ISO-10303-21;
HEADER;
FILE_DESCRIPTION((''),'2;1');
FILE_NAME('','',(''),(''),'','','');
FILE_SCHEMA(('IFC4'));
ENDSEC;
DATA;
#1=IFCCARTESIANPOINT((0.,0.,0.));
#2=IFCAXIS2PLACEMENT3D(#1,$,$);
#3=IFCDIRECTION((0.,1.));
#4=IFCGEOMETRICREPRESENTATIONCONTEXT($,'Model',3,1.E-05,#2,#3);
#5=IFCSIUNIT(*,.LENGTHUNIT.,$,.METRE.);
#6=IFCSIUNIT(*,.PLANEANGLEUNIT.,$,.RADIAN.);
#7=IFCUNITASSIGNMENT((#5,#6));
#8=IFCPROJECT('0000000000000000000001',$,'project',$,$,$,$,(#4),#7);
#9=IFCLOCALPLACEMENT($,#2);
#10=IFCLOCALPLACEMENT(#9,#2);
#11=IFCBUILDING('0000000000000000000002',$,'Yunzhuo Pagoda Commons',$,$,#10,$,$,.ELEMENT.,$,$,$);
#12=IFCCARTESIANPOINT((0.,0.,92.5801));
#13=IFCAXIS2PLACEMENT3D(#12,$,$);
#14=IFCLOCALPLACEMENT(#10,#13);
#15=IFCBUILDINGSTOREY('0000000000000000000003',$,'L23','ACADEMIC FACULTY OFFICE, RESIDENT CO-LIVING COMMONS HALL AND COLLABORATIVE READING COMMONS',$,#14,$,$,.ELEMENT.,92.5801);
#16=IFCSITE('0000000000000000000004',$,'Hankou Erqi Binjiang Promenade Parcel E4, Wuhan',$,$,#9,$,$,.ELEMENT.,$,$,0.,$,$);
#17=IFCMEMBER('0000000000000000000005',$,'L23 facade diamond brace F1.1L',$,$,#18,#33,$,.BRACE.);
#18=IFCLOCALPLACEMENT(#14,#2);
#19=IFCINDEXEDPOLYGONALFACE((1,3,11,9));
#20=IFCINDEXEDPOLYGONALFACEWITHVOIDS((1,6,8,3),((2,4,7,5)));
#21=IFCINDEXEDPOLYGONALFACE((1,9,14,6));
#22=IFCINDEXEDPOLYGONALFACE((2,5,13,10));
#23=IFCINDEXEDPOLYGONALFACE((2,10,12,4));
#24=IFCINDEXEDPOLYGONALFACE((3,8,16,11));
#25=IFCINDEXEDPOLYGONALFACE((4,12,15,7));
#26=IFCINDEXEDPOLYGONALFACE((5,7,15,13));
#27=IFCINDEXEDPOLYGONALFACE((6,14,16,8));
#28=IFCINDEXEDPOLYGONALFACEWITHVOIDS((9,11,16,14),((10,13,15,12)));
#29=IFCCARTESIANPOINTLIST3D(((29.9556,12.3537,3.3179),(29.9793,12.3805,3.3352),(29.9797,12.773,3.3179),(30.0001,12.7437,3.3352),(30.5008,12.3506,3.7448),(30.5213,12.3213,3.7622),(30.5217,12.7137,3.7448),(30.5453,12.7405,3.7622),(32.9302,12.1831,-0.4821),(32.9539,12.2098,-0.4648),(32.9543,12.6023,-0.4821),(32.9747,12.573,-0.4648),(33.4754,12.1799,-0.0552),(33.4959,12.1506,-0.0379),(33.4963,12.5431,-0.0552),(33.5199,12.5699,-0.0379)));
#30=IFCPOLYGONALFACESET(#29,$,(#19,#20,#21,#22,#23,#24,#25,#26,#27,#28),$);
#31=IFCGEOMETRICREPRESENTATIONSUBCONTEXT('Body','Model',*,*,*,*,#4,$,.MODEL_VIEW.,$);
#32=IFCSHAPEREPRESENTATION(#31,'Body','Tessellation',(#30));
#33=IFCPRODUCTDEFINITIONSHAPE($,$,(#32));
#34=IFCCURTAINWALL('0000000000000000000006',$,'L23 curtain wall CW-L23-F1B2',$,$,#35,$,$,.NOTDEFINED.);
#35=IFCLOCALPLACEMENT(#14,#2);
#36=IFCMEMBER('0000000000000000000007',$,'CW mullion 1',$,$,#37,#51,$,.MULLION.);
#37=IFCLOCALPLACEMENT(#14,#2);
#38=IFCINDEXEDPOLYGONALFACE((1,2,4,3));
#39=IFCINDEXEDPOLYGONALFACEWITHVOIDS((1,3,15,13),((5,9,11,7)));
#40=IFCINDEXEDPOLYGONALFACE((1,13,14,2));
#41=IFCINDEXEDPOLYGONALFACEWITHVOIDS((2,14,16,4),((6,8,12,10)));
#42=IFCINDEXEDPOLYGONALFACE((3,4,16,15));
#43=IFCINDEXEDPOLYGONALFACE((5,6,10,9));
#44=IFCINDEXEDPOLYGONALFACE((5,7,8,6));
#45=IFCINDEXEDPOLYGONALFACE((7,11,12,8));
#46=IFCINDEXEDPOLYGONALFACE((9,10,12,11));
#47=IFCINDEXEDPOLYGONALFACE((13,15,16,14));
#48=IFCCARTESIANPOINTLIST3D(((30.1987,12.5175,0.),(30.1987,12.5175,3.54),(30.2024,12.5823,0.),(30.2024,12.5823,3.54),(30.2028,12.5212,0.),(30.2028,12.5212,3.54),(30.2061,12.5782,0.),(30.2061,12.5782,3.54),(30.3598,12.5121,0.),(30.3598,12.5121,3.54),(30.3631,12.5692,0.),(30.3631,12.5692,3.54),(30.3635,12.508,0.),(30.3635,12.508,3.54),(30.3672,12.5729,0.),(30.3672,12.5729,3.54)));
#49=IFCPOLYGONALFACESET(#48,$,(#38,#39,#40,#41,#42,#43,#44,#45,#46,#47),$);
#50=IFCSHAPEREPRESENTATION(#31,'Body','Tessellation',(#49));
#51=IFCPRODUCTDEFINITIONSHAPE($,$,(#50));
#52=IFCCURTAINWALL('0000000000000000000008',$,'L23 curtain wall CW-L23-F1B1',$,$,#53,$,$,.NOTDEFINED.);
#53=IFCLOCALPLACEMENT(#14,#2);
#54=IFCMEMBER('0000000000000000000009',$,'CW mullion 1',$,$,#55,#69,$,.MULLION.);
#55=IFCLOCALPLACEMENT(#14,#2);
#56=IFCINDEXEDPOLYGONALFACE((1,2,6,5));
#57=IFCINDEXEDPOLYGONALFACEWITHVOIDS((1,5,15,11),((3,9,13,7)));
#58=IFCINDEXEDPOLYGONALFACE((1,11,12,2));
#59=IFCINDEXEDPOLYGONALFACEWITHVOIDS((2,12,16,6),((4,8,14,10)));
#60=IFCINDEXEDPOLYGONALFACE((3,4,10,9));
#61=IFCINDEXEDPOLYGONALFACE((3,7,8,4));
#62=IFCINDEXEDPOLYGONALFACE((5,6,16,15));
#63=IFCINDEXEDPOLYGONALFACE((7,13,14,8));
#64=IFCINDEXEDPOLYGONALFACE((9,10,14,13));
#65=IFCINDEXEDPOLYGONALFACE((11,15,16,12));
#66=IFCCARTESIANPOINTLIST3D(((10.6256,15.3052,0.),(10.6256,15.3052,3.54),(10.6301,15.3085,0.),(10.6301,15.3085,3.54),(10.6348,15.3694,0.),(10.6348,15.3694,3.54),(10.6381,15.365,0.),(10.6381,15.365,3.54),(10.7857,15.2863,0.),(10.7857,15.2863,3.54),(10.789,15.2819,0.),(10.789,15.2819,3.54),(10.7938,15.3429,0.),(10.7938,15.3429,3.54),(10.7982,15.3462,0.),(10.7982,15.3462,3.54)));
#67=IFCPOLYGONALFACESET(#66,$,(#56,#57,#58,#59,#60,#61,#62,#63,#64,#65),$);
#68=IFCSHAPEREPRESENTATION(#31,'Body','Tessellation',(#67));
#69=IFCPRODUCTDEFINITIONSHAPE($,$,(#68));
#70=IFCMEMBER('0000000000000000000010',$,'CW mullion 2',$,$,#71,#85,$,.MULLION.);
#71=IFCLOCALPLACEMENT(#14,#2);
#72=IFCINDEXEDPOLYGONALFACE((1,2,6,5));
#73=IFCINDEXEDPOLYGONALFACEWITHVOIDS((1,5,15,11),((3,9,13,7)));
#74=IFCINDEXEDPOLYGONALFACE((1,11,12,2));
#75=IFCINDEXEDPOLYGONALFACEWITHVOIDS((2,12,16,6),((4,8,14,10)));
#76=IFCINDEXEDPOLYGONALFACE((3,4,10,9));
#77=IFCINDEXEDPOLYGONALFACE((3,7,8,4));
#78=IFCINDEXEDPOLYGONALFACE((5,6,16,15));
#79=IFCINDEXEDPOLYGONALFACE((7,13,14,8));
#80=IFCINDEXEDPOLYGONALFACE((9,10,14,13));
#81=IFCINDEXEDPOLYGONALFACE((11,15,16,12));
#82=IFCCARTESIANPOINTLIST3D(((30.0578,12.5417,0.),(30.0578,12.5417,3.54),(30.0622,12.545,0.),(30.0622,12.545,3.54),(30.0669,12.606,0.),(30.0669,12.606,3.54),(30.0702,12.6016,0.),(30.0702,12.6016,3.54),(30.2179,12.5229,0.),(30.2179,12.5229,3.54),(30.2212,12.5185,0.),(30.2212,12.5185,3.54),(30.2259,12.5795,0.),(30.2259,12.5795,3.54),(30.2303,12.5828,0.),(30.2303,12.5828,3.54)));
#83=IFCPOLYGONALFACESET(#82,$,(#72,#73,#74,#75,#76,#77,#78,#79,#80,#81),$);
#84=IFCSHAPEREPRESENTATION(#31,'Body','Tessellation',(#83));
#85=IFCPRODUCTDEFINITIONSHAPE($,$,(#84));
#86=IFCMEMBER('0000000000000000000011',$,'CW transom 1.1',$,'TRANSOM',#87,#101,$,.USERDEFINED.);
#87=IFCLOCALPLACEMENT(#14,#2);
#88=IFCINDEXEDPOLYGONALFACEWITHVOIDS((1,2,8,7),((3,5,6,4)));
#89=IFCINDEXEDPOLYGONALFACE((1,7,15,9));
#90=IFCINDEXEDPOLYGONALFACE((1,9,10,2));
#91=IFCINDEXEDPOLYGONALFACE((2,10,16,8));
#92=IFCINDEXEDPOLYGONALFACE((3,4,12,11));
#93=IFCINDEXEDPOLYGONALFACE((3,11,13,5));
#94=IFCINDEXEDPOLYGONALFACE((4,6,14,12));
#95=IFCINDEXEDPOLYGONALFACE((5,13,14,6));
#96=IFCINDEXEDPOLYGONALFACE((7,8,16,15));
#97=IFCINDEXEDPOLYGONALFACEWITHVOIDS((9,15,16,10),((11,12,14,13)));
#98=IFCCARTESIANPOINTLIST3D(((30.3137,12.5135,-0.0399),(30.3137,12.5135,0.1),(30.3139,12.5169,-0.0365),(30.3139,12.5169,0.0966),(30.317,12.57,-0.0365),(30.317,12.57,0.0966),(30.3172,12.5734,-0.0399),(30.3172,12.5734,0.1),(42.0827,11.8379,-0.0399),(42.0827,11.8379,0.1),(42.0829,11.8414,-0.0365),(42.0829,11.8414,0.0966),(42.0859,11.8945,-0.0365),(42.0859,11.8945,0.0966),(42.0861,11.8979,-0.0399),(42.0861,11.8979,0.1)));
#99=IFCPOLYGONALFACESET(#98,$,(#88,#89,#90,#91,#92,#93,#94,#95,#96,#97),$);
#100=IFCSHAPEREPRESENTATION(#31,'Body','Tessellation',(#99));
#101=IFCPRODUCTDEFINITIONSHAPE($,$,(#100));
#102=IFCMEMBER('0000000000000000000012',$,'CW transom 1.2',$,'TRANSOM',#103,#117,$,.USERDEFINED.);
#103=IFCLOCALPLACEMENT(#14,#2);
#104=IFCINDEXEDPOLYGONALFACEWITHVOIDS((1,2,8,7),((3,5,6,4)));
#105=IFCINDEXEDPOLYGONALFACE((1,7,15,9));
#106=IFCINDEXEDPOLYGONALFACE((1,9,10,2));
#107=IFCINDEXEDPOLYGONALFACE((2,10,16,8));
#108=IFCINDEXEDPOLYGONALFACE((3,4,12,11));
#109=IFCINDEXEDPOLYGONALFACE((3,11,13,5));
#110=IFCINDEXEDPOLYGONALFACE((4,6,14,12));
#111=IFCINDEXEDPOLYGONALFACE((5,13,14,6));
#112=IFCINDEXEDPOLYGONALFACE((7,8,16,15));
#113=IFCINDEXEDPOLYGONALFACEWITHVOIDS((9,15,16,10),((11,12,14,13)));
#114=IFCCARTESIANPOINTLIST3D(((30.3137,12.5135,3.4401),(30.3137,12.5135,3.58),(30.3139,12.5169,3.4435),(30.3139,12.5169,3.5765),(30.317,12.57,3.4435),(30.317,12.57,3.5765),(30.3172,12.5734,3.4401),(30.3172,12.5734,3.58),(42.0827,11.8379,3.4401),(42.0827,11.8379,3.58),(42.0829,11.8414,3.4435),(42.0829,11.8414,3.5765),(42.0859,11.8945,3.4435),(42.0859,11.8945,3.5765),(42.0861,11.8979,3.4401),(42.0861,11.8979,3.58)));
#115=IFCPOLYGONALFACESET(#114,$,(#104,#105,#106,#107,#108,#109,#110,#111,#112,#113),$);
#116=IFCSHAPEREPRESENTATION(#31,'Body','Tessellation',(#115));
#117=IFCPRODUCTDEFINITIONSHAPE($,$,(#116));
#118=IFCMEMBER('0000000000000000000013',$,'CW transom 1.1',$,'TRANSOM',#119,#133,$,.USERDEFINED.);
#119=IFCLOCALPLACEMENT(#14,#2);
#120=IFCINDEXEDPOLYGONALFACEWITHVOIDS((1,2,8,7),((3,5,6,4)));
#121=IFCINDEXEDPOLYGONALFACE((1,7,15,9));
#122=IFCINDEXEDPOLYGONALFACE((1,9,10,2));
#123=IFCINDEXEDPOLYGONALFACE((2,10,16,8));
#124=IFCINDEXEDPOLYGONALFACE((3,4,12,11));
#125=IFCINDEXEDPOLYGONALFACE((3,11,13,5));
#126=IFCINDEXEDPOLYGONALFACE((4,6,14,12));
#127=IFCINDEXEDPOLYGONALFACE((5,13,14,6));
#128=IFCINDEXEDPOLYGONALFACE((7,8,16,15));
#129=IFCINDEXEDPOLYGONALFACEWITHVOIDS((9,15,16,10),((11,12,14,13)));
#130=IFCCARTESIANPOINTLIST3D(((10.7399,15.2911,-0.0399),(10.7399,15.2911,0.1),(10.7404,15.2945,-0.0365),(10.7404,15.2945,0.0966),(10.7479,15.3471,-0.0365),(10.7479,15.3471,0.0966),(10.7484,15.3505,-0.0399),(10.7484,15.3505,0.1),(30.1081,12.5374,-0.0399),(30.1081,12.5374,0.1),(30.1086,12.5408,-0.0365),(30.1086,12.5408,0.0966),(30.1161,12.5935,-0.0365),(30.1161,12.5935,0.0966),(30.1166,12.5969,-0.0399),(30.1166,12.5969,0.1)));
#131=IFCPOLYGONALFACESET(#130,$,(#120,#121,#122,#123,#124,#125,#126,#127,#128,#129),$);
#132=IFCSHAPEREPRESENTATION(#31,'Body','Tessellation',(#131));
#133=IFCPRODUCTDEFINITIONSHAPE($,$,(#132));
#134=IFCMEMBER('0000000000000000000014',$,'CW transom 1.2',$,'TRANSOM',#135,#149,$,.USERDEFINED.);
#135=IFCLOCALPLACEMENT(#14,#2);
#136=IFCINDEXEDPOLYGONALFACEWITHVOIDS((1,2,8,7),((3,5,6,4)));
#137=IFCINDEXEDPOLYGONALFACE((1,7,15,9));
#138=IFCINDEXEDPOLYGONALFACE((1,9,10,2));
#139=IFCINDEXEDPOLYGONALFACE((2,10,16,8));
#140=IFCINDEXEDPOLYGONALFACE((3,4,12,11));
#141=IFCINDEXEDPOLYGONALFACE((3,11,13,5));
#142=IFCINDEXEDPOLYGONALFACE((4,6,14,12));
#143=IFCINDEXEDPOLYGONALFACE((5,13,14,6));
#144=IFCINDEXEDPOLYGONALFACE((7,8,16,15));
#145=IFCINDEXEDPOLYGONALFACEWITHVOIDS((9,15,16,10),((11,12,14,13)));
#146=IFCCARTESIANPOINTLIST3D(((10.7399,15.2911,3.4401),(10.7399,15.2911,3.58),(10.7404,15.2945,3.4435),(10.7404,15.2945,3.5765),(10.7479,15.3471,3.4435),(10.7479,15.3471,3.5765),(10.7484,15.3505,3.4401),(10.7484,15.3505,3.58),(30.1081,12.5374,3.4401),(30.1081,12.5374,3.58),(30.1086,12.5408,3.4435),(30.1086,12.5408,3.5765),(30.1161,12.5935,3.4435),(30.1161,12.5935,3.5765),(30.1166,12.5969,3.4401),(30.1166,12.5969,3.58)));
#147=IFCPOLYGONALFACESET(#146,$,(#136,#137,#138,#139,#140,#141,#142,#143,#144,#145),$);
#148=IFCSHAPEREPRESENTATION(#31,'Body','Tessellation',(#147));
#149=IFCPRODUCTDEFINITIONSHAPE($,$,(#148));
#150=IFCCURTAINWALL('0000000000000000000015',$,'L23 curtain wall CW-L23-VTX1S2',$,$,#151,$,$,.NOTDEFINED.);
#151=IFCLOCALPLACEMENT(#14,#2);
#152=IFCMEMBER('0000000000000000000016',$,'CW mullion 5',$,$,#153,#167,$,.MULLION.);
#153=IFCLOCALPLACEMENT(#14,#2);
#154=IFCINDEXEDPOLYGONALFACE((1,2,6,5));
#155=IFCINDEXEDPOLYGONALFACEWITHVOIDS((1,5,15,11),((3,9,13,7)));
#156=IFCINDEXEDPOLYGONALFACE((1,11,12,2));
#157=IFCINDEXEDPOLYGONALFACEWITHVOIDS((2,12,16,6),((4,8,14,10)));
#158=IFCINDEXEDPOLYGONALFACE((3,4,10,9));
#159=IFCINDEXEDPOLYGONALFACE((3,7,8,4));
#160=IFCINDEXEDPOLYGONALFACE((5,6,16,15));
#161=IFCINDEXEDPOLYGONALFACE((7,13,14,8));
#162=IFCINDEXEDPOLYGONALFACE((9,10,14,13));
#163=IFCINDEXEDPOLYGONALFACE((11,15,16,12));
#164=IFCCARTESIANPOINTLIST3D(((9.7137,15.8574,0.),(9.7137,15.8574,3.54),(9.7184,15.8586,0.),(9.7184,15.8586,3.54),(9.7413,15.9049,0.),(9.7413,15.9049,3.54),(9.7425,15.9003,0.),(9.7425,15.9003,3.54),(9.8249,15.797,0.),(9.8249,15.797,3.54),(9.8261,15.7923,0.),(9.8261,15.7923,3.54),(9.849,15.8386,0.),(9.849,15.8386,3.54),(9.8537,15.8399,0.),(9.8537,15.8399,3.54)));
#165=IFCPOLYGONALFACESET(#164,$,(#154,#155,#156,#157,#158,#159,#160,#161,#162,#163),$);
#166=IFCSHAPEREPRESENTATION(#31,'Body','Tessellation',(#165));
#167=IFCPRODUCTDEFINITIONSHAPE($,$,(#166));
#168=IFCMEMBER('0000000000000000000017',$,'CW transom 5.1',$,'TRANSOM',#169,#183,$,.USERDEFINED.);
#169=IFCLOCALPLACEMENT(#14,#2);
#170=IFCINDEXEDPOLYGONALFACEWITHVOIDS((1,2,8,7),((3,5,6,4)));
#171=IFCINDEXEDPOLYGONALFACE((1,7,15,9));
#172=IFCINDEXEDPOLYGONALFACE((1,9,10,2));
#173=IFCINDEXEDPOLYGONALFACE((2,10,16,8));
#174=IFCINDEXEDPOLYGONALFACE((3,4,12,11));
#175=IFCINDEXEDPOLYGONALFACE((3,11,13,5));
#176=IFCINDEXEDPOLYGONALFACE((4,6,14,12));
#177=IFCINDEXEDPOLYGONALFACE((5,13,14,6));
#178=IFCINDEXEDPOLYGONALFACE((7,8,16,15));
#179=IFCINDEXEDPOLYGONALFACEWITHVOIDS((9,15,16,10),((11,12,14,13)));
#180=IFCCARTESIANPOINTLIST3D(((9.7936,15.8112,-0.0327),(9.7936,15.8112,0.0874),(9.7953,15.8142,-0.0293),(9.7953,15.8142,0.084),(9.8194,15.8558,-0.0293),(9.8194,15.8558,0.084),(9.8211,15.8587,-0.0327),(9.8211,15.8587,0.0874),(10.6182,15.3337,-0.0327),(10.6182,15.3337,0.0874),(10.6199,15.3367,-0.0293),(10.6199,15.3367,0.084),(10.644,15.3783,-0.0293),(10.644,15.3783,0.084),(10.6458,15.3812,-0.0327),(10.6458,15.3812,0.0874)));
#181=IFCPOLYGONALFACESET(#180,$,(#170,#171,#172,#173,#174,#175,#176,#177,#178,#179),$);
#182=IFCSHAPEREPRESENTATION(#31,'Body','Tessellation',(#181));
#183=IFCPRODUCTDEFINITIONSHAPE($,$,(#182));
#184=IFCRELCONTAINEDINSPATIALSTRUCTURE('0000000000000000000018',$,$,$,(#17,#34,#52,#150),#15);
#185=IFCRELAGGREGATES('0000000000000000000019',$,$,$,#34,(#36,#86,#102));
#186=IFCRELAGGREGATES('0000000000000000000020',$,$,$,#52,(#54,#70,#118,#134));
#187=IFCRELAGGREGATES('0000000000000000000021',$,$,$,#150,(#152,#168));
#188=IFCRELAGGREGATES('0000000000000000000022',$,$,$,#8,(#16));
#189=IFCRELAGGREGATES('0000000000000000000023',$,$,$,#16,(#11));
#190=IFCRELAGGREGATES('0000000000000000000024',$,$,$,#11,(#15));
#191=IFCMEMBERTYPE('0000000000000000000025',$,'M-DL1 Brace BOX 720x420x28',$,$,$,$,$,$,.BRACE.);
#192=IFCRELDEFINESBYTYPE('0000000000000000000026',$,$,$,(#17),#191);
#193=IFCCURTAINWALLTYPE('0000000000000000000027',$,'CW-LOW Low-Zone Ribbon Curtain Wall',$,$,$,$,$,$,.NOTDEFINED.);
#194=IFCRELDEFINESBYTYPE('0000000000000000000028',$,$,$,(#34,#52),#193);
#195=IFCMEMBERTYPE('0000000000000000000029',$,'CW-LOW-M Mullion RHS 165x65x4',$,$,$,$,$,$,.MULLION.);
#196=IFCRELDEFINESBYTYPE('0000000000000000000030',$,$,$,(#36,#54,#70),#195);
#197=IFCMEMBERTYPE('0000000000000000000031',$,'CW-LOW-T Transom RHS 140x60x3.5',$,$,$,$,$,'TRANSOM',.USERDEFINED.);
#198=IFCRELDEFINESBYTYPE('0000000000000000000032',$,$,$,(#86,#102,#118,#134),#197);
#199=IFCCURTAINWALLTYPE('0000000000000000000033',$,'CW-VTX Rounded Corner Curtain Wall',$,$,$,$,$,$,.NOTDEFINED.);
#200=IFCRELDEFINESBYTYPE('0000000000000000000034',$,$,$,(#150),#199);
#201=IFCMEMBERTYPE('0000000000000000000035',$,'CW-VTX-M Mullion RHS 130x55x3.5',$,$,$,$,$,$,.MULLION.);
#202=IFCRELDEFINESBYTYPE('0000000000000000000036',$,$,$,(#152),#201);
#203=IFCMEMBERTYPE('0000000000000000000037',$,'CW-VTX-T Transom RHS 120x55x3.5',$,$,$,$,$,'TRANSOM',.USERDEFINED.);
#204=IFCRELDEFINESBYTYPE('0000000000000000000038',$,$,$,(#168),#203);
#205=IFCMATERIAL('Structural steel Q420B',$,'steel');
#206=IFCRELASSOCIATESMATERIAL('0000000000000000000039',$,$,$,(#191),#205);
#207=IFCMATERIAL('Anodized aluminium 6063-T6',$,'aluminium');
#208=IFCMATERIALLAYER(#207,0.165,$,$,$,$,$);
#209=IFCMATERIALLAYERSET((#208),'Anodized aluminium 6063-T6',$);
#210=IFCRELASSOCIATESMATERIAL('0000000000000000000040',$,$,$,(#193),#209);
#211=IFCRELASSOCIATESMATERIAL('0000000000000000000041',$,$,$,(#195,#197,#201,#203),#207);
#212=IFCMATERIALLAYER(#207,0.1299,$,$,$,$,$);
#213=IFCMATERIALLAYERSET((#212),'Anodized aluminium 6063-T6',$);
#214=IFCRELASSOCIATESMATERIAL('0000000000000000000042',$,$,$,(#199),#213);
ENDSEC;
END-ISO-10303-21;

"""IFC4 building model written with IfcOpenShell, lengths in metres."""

from ifc_helpers import new_model, si_unit, direction, frame, origin, origin_2d, place, context, subcontext, project, spatial, hollow_rectangle, extrude, source, transform, mapped, material, layer, layer_set, material_profile, profile_set, type_object, element, aggregate, save


model = new_model("IFC4")

# Units and contexts
model_context = context("Model", 3, precision=1e-05, world=origin(), true_north=direction((0.0, 1.0)))
body_context = subcontext(model_context, "Body", "Model", "MODEL_VIEW")
ifc_project = project(units=[si_unit("LENGTHUNIT", "METRE"), si_unit("PLANEANGLEUNIT", "RADIAN")], contexts=[model_context])

# Site, building, storey
site_placement = place(None, origin())
site = spatial("IfcSite", under=ifc_project, at=site_placement, Name="Hankou Erqi Binjiang Promenade Parcel E4, Wuhan", CompositionType="ELEMENT", RefElevation=0.0)
building_placement = place(site_placement, origin())
building = spatial("IfcBuilding", under=site, at=building_placement, Name="Yunzhuo Pagoda Commons", CompositionType="ELEMENT")
storey_placement = place(building_placement, frame((0.0, 0.0, 92.5801)))
storey = spatial("IfcBuildingStorey", under=building, at=storey_placement, Name="L23", Description="ACADEMIC FACULTY OFFICE, RESIDENT CO-LIVING COMMONS HALL AND COLLABORATIVE READING COMMONS", CompositionType="ELEMENT", Elevation=92.5801)

# Shared definitions
ifc_material_1 = material(Name="Structural steel Q420B", Category="steel")

# Member
ifc_material_profile_1 = material_profile(ifc_material_1, hollow_rectangle(XDim=0.4199, YDim=0.72, WallThickness=0.0281, at=origin_2d()), Name="Structural steel Q420B")
ifc_profile_set_1 = profile_set([ifc_material_profile_1], Name="Structural steel Q420B")
member_type_1 = type_object("IfcMemberType", Name="M-DL1 Brace BOX 720x420x28", PredefinedType="BRACE", material=ifc_profile_set_1)
shared_shape_1 = source(origin(), body_context, "Body", "SweptSolid", [
    extrude(hollow_rectangle(XDim=0.4199, YDim=0.72, WallThickness=0.0281, at=origin_2d()), origin(), (0.0, 0.0, 1.0), 4.8289),
])
member_1_placement = place(storey_placement, frame((33.2251, 12.3765, -0.26), z_axis=(-0.616008, 0.035341, 0.786947), x_axis=(-0.057276, -0.998358, 0.0)))
element("IfcMember", 1, at=member_1_placement, inside=storey, type_object=member_type_1, Name="L23 facade diamond brace F1.1L", PredefinedType="BRACE", context=body_context, shape_type="MappedRepresentation", body=[
    mapped(shared_shape_1, transform((0.0, 0.0, 0.0), scale=1.0)),
])

# Curtain wall, member
ifc_material_2 = material(Name="Anodized aluminium 6063-T6", Category="aluminium")
ifc_layer_1 = layer(ifc_material_2, 0.165)
ifc_layer_set_1 = layer_set([ifc_layer_1], Name="Anodized aluminium 6063-T6")
curtain_wall_type_1 = type_object("IfcCurtainWallType", Name="CW-LOW Low-Zone Ribbon Curtain Wall", PredefinedType="NOTDEFINED", material=ifc_layer_set_1)
curtain_wall_1_placement = place(storey_placement, origin())
curtain_wall_1 = element("IfcCurtainWall", 2, at=curtain_wall_1_placement, inside=storey, type_object=curtain_wall_type_1, Name="L23 curtain wall CW-L23-F1B2", PredefinedType="NOTDEFINED")
ifc_material_profile_2 = material_profile(ifc_material_2, hollow_rectangle(XDim=0.0649, YDim=0.165, WallThickness=0.0039, at=origin_2d()), Name="Anodized aluminium 6063-T6")
ifc_profile_set_2 = profile_set([ifc_material_profile_2], Name="Anodized aluminium 6063-T6")
member_type_2 = type_object("IfcMemberType", Name="CW-LOW-M Mullion RHS 165x65x4", PredefinedType="MULLION", material=ifc_profile_set_2)
shared_shape_2 = source(origin(), body_context, "Body", "SweptSolid", [
    extrude(hollow_rectangle(XDim=0.0649, YDim=0.165, WallThickness=0.0039, at=origin_2d()), origin(), (0.0, 0.0, 1.0), 3.54),
])
member_2_placement = place(storey_placement, frame((30.283, 12.5452, 0.0), z_axis=(0.0, 0.0, 1.0), x_axis=(0.057299, 0.998357, 0.0)))
member_2 = element("IfcMember", 3, at=member_2_placement, type_object=member_type_2, Name="CW mullion 1", PredefinedType="MULLION", context=body_context, shape_type="MappedRepresentation", body=[
    mapped(shared_shape_2, transform((0.0, 0.0, 0.0), scale=1.0)),
])

# Curtain wall, members
curtain_wall_2_placement = place(storey_placement, origin())
curtain_wall_2 = element("IfcCurtainWall", 4, at=curtain_wall_2_placement, inside=storey, type_object=curtain_wall_type_1, Name="L23 curtain wall CW-L23-F1B1", PredefinedType="NOTDEFINED")
member_3_placement = place(storey_placement, frame((10.7119, 15.3257, 0.0), z_axis=(0.0, 0.0, 1.0), x_axis=(0.140774, 0.990042, 0.0)))
member_3 = element("IfcMember", 5, at=member_3_placement, type_object=member_type_2, Name="CW mullion 1", PredefinedType="MULLION", context=body_context, shape_type="MappedRepresentation", body=[
    mapped(shared_shape_2, transform((0.0, 0.0, 0.0), scale=1.0)),
])
member_4_placement = place(storey_placement, frame((30.144, 12.5623, 0.0), z_axis=(0.0, 0.0, 1.0), x_axis=(0.140774, 0.990042, 0.0)))
member_4 = element("IfcMember", 6, at=member_4_placement, type_object=member_type_2, Name="CW mullion 2", PredefinedType="MULLION", context=body_context, shape_type="MappedRepresentation", body=[
    mapped(shared_shape_2, transform((0.0, 0.0, 0.0), scale=1.0)),
])

# Members
ifc_material_profile_3 = material_profile(ifc_material_2, hollow_rectangle(XDim=0.0601, YDim=0.1399, WallThickness=0.0034, at=origin_2d()), Name="Anodized aluminium 6063-T6")
ifc_profile_set_3 = profile_set([ifc_material_profile_3], Name="Anodized aluminium 6063-T6")
member_type_3 = type_object("IfcMemberType", Name="CW-LOW-T Transom RHS 140x60x3.5", ElementType="TRANSOM", PredefinedType="USERDEFINED", material=ifc_profile_set_3)
shared_shape_3 = source(origin(), body_context, "Body", "SweptSolid", [
    extrude(hollow_rectangle(XDim=0.0601, YDim=0.1399, WallThickness=0.0034, at=origin_2d()), origin(), (0.0, 0.0, 1.0), 11.7883),
])
member_5_placement = place(storey_placement, frame((30.3154, 12.5435, 0.03), z_axis=(0.998357, -0.057305, 0.0), x_axis=(0.057305, 0.998357, 0.0)))
member_5 = element("IfcMember", 7, at=member_5_placement, type_object=member_type_3, Name="CW transom 1.1", ObjectType="TRANSOM", PredefinedType="USERDEFINED", context=body_context, shape_type="MappedRepresentation", body=[
    mapped(shared_shape_3, transform((0.0, 0.0, 0.0), scale=1.0)),
])
member_6_placement = place(storey_placement, frame((30.3154, 12.5435, 3.51), z_axis=(0.998357, -0.057305, 0.0), x_axis=(0.057305, 0.998357, 0.0)))
member_6 = element("IfcMember", 8, at=member_6_placement, type_object=member_type_3, Name="CW transom 1.2", ObjectType="TRANSOM", PredefinedType="USERDEFINED", context=body_context, shape_type="MappedRepresentation", body=[
    mapped(shared_shape_3, transform((0.0, 0.0, 0.0), scale=1.0)),
])
shared_shape_4 = source(origin(), body_context, "Body", "SweptSolid", [
    extrude(hollow_rectangle(XDim=0.0601, YDim=0.1399, WallThickness=0.0034, at=origin_2d()), origin(), (0.0, 0.0, 1.0), 19.563),
])
member_7_placement = place(storey_placement, frame((10.7441, 15.3208, 0.03), z_axis=(0.990044, -0.140759, 0.0), x_axis=(0.140759, 0.990044, 0.0)))
member_7 = element("IfcMember", 9, at=member_7_placement, type_object=member_type_3, Name="CW transom 1.1", ObjectType="TRANSOM", PredefinedType="USERDEFINED", context=body_context, shape_type="MappedRepresentation", body=[
    mapped(shared_shape_4, transform((0.0, 0.0, 0.0), scale=1.0)),
])
member_8_placement = place(storey_placement, frame((10.7441, 15.3208, 3.51), z_axis=(0.990044, -0.140759, 0.0), x_axis=(0.140759, 0.990044, 0.0)))
member_8 = element("IfcMember", 10, at=member_8_placement, type_object=member_type_3, Name="CW transom 1.2", ObjectType="TRANSOM", PredefinedType="USERDEFINED", context=body_context, shape_type="MappedRepresentation", body=[
    mapped(shared_shape_4, transform((0.0, 0.0, 0.0), scale=1.0)),
])

# Curtain wall, members
ifc_layer_2 = layer(ifc_material_2, 0.1299)
ifc_layer_set_2 = layer_set([ifc_layer_2], Name="Anodized aluminium 6063-T6")
curtain_wall_type_2 = type_object("IfcCurtainWallType", Name="CW-VTX Rounded Corner Curtain Wall", PredefinedType="NOTDEFINED", material=ifc_layer_set_2)
curtain_wall_3_placement = place(storey_placement, origin())
curtain_wall_3 = element("IfcCurtainWall", 11, at=curtain_wall_3_placement, inside=storey, type_object=curtain_wall_type_2, Name="L23 curtain wall CW-L23-VTX1S2", PredefinedType="NOTDEFINED")
ifc_material_profile_4 = material_profile(ifc_material_2, hollow_rectangle(XDim=0.0549, YDim=0.1299, WallThickness=0.0034, at=origin_2d()), Name="Anodized aluminium 6063-T6")
ifc_profile_set_4 = profile_set([ifc_material_profile_4], Name="Anodized aluminium 6063-T6")
member_type_4 = type_object("IfcMemberType", Name="CW-VTX-M Mullion RHS 130x55x3.5", PredefinedType="MULLION", material=ifc_profile_set_4)
shared_shape_5 = source(origin(), body_context, "Body", "SweptSolid", [
    extrude(hollow_rectangle(XDim=0.0549, YDim=0.1299, WallThickness=0.0034, at=origin_2d()), origin(), (0.0, 0.0, 1.0), 3.54),
])
member_9_placement = place(storey_placement, frame((9.7837, 15.8486, 0.0), z_axis=(0.0, 0.0, 1.0), x_axis=(0.501036, 0.865427, 0.0)))
member_9 = element("IfcMember", 12, at=member_9_placement, type_object=member_type_4, Name="CW mullion 5", PredefinedType="MULLION", context=body_context, shape_type="MappedRepresentation", body=[
    mapped(shared_shape_5, transform((0.0, 0.0, 0.0), scale=1.0)),
])
ifc_material_profile_5 = material_profile(ifc_material_2, hollow_rectangle(XDim=0.0549, YDim=0.1201, WallThickness=0.0034, at=origin_2d()), Name="Anodized aluminium 6063-T6")
ifc_profile_set_5 = profile_set([ifc_material_profile_5], Name="Anodized aluminium 6063-T6")
member_type_5 = type_object("IfcMemberType", Name="CW-VTX-T Transom RHS 120x55x3.5", ElementType="TRANSOM", PredefinedType="USERDEFINED", material=ifc_profile_set_5)
shared_shape_6 = source(origin(), body_context, "Body", "SweptSolid", [
    extrude(hollow_rectangle(XDim=0.0549, YDim=0.1201, WallThickness=0.0034, at=origin_2d()), origin(), (0.0, 0.0, 1.0), 0.9529),
])
member_10_placement = place(storey_placement, frame((9.8074, 15.835, 0.0273), z_axis=(0.865391, -0.501097, 0.0), x_axis=(0.501097, 0.865391, 0.0)))
member_10 = element("IfcMember", 13, at=member_10_placement, type_object=member_type_5, Name="CW transom 5.1", ObjectType="TRANSOM", PredefinedType="USERDEFINED", context=body_context, shape_type="MappedRepresentation", body=[
    mapped(shared_shape_6, transform((0.0, 0.0, 0.0), scale=1.0)),
])

aggregate(curtain_wall_1, [member_2, member_5, member_6])
aggregate(curtain_wall_2, [member_3, member_4, member_7, member_8])
aggregate(curtain_wall_3, [member_9, member_10])

save(model, "model.ifc")
